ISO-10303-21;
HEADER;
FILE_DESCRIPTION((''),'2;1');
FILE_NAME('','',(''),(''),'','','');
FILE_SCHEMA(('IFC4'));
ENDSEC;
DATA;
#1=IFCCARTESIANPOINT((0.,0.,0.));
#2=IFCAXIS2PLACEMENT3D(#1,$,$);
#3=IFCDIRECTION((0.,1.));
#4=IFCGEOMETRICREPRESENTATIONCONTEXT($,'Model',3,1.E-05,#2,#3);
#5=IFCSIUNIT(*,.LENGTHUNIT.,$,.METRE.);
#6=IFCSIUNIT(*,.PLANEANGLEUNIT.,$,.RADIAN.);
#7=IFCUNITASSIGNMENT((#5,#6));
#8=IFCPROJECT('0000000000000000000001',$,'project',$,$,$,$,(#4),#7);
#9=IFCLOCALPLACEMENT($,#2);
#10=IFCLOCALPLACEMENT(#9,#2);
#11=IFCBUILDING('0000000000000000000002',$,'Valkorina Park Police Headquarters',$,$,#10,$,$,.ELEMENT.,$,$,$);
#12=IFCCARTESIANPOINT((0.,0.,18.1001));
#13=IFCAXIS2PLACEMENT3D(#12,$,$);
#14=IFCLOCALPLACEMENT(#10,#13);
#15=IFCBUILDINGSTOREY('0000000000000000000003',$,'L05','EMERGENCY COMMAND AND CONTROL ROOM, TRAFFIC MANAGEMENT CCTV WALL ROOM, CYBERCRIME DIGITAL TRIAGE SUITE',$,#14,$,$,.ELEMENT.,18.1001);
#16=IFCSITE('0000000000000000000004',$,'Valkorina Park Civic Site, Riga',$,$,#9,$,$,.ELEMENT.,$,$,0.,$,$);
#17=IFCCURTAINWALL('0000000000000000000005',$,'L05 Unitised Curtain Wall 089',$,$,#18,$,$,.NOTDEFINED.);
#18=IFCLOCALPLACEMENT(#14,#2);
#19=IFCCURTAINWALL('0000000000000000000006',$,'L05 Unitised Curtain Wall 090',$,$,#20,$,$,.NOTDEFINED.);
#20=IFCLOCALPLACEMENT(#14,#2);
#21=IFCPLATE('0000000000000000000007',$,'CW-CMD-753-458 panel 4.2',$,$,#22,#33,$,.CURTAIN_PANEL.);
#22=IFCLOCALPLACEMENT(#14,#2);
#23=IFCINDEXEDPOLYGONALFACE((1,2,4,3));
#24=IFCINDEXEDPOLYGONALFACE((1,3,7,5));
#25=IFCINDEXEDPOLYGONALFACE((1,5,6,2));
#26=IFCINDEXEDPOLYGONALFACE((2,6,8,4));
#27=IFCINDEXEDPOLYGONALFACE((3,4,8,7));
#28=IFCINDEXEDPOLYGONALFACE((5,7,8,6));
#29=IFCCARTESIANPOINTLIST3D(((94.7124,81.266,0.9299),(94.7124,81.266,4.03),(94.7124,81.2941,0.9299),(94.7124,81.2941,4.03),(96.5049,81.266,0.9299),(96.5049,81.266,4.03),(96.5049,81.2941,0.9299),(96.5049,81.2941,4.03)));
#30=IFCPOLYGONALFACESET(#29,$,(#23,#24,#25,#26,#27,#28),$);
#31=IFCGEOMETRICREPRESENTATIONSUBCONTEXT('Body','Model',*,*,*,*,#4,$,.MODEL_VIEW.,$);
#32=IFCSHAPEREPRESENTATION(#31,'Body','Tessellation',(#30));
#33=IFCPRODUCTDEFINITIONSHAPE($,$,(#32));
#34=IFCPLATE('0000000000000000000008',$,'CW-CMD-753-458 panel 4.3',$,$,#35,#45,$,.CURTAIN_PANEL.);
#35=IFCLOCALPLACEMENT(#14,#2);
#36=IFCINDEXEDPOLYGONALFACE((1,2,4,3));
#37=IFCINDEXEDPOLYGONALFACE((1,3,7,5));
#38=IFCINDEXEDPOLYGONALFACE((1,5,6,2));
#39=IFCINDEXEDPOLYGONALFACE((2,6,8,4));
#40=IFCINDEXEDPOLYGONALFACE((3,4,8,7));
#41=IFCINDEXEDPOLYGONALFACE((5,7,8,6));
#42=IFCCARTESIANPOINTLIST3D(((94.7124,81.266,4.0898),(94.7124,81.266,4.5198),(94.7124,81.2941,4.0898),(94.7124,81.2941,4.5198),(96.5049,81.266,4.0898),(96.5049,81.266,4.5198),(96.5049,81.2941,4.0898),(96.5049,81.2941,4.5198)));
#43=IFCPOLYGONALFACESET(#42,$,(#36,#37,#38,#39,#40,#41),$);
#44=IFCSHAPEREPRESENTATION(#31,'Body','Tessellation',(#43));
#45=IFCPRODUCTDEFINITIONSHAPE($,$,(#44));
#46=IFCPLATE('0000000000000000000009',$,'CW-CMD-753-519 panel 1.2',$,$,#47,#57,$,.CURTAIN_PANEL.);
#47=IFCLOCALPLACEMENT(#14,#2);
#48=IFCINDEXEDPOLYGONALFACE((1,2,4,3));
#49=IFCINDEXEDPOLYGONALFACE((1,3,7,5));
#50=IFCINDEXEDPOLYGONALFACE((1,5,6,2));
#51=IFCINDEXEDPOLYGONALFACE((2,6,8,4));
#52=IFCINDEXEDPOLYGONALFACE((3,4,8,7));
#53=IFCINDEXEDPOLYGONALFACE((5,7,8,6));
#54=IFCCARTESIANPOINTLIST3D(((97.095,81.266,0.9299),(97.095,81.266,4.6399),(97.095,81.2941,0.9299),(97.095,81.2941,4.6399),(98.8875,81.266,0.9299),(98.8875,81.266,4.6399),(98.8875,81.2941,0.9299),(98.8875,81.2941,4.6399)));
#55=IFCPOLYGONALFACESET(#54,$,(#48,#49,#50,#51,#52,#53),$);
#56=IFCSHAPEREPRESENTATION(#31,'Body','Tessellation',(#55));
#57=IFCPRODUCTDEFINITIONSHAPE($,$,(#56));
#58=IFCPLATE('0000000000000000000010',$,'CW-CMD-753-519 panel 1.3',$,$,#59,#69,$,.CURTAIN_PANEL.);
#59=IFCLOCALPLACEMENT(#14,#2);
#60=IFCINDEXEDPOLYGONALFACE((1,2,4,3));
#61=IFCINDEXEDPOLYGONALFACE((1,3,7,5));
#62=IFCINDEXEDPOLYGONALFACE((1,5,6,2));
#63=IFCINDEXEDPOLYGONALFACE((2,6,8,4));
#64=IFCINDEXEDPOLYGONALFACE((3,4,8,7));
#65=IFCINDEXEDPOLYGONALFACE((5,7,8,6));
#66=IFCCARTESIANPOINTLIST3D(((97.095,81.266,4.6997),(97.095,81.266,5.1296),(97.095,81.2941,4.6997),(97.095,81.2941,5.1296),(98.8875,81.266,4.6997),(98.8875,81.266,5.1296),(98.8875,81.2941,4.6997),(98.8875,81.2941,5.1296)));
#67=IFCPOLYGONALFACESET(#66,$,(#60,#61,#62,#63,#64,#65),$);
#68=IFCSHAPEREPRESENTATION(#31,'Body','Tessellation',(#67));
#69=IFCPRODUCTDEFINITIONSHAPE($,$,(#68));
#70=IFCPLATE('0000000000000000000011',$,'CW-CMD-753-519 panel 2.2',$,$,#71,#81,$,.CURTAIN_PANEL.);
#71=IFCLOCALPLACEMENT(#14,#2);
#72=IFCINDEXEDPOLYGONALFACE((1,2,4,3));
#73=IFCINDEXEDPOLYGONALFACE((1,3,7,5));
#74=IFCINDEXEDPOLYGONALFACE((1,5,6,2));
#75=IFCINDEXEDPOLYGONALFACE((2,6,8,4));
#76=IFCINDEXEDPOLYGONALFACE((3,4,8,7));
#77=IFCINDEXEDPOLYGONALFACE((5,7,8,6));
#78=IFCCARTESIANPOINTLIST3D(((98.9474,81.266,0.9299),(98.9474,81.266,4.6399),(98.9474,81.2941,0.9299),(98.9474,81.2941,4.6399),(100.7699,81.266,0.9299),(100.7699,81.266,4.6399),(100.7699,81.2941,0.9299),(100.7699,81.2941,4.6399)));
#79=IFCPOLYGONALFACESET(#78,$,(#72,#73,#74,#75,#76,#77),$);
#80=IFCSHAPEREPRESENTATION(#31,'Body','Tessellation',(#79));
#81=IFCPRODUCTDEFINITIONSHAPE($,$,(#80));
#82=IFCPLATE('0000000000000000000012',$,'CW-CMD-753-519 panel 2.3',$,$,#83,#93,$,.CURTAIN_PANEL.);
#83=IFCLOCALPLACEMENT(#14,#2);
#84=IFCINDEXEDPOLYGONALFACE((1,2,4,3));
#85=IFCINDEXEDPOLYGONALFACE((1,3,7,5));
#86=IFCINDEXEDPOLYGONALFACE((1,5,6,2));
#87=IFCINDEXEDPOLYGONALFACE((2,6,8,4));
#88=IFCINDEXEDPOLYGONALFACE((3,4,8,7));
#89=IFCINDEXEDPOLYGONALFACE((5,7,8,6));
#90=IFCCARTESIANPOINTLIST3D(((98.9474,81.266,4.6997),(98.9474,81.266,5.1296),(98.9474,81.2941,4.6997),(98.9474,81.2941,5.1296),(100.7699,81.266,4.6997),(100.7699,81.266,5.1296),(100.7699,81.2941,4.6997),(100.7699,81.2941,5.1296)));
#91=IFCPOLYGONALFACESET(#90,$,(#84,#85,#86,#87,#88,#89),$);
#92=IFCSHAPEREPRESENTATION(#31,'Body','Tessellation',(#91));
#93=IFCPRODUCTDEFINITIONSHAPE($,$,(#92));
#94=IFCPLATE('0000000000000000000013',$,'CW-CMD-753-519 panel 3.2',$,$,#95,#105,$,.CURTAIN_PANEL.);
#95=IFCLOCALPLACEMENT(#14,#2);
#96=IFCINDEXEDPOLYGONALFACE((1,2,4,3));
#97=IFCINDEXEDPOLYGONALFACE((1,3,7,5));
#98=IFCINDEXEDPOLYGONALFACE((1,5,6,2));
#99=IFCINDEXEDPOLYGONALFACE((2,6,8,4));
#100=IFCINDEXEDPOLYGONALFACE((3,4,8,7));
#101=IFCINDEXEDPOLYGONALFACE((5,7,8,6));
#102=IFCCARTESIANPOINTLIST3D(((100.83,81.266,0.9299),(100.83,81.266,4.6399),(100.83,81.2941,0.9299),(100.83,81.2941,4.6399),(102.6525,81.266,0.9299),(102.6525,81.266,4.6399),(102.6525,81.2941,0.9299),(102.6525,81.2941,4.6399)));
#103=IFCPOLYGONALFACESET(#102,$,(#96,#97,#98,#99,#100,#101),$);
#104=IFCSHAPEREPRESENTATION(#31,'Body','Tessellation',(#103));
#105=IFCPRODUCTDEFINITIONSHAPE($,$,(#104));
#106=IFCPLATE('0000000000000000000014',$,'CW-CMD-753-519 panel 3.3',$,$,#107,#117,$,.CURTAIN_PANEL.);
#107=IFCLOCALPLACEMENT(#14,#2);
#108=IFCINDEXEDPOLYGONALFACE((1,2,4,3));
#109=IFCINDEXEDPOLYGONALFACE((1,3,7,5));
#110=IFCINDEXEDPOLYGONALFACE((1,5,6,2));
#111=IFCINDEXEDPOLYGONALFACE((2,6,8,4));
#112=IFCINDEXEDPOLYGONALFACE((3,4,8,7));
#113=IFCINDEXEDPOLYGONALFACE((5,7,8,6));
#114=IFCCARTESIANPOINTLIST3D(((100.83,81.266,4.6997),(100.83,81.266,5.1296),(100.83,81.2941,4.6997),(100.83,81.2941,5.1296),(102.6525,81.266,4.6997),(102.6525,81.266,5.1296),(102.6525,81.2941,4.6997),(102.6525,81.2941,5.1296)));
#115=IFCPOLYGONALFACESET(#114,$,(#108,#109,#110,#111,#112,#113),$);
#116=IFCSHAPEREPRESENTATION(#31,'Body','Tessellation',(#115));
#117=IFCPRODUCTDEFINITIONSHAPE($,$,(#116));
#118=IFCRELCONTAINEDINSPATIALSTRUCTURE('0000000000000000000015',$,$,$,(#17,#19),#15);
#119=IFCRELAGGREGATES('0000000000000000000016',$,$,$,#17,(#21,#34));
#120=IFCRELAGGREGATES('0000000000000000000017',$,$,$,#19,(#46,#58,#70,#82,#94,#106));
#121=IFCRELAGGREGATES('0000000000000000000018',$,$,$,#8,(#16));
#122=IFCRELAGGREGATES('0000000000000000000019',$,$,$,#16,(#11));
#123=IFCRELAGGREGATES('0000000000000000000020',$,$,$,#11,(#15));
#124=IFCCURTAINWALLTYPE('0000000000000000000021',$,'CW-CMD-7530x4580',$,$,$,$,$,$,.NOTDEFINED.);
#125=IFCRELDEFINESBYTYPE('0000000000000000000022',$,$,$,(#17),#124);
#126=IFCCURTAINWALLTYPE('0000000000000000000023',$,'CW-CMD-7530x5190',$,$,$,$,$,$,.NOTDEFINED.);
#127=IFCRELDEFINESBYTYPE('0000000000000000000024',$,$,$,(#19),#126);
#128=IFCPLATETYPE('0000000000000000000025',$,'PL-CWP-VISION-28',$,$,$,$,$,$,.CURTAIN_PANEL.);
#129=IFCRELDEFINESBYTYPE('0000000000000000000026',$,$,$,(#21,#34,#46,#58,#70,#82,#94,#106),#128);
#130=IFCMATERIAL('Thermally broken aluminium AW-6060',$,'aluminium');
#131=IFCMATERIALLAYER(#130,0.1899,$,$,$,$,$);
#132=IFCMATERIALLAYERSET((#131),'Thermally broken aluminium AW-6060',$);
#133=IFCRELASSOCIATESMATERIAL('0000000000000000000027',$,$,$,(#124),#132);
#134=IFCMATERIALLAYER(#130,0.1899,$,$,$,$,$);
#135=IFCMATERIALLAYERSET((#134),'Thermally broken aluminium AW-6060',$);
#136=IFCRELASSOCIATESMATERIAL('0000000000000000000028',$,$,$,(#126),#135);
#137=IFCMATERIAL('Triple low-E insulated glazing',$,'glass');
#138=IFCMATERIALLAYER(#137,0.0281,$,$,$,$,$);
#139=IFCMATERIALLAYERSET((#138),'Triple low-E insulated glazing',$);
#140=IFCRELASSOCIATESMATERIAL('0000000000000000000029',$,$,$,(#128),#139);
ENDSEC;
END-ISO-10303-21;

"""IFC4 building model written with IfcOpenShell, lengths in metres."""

from ifc_helpers import new_model, si_unit, direction, frame, origin, origin_2d, place, context, subcontext, project, spatial, rectangle, extrude, material, layer, layer_set, type_object, element, aggregate, save


model = new_model("IFC4")

# Units and contexts
model_context = context("Model", 3, precision=1e-05, world=origin(), true_north=direction((0.0, 1.0)))
body_context = subcontext(model_context, "Body", "Model", "MODEL_VIEW")
ifc_project = project(units=[si_unit("LENGTHUNIT", "METRE"), si_unit("PLANEANGLEUNIT", "RADIAN")], contexts=[model_context])

# Site, building, storey
site_placement = place(None, origin())
site = spatial("IfcSite", under=ifc_project, at=site_placement, Name="Valkorina Park Civic Site, Riga", CompositionType="ELEMENT", RefElevation=0.0)
building_placement = place(site_placement, origin())
building = spatial("IfcBuilding", under=site, at=building_placement, Name="Valkorina Park Police Headquarters", CompositionType="ELEMENT")
storey_placement = place(building_placement, frame((0.0, 0.0, 18.1001)))
storey = spatial("IfcBuildingStorey", under=building, at=storey_placement, Name="L05", Description="EMERGENCY COMMAND AND CONTROL ROOM, TRAFFIC MANAGEMENT CCTV WALL ROOM, CYBERCRIME DIGITAL TRIAGE SUITE", CompositionType="ELEMENT", Elevation=18.1001)

# Curtain wall
ifc_material_1 = material(Name="Thermally broken aluminium AW-6060", Category="aluminium")
ifc_layer_1 = layer(ifc_material_1, 0.1899)
ifc_layer_set_1 = layer_set([ifc_layer_1], Name="Thermally broken aluminium AW-6060")
curtain_wall_type_1 = type_object("IfcCurtainWallType", Name="CW-CMD-7530x4580", PredefinedType="NOTDEFINED", material=ifc_layer_set_1)
curtain_wall_1_placement = place(storey_placement, origin())
curtain_wall_1 = element("IfcCurtainWall", 1, at=curtain_wall_1_placement, inside=storey, type_object=curtain_wall_type_1, Name="L05 Unitised Curtain Wall 089", PredefinedType="NOTDEFINED")

# Curtain wall
ifc_layer_2 = layer(ifc_material_1, 0.1899)
ifc_layer_set_2 = layer_set([ifc_layer_2], Name="Thermally broken aluminium AW-6060")
curtain_wall_type_2 = type_object("IfcCurtainWallType", Name="CW-CMD-7530x5190", PredefinedType="NOTDEFINED", material=ifc_layer_set_2)
curtain_wall_2_placement = place(storey_placement, origin())
curtain_wall_2 = element("IfcCurtainWall", 2, at=curtain_wall_2_placement, inside=storey, type_object=curtain_wall_type_2, Name="L05 Unitised Curtain Wall 090", PredefinedType="NOTDEFINED")

# Plates
ifc_material_2 = material(Name="Triple low-E insulated glazing", Category="glass")
ifc_layer_3 = layer(ifc_material_2, 0.0281)
ifc_layer_set_3 = layer_set([ifc_layer_3], Name="Triple low-E insulated glazing")
plate_type_1 = type_object("IfcPlateType", Name="PL-CWP-VISION-28", PredefinedType="CURTAIN_PANEL", material=ifc_layer_set_3)
plate_1_placement = place(storey_placement, frame((95.6086, 81.28, 0.9299), z_axis=(0.0, 0.0, 1.0), x_axis=(1.0, 0.0, 0.0)))
plate_1 = element("IfcPlate", 3, at=plate_1_placement, type_object=plate_type_1, Name="CW-CMD-753-458 panel 4.2", PredefinedType="CURTAIN_PANEL", context=body_context, shape_type="SweptSolid", body=[
    extrude(rectangle(XDim=1.7925, YDim=0.0281, at=origin_2d()), origin(), (0.0, 0.0, 1.0), 3.1001),
])
plate_2_placement = place(storey_placement, frame((95.6086, 81.28, 4.0898), z_axis=(0.0, 0.0, 1.0), x_axis=(1.0, 0.0, 0.0)))
plate_2 = element("IfcPlate", 4, at=plate_2_placement, type_object=plate_type_1, Name="CW-CMD-753-458 panel 4.3", PredefinedType="CURTAIN_PANEL", context=body_context, shape_type="SweptSolid", body=[
    extrude(rectangle(XDim=1.7925, YDim=0.0281, at=origin_2d()), origin(), (0.0, 0.0, 1.0), 0.4299),
])
aggregate(curtain_wall_1, [plate_1, plate_2])
plate_3_placement = place(storey_placement, frame((97.9912, 81.28, 0.9299), z_axis=(0.0, 0.0, 1.0), x_axis=(1.0, 0.0, 0.0)))
plate_3 = element("IfcPlate", 5, at=plate_3_placement, type_object=plate_type_1, Name="CW-CMD-753-519 panel 1.2", PredefinedType="CURTAIN_PANEL", context=body_context, shape_type="SweptSolid", body=[
    extrude(rectangle(XDim=1.7925, YDim=0.0281, at=origin_2d()), origin(), (0.0, 0.0, 1.0), 3.71),
])
plate_4_placement = place(storey_placement, frame((97.9912, 81.28, 4.6997), z_axis=(0.0, 0.0, 1.0), x_axis=(1.0, 0.0, 0.0)))
plate_4 = element("IfcPlate", 6, at=plate_4_placement, type_object=plate_type_1, Name="CW-CMD-753-519 panel 1.3", PredefinedType="CURTAIN_PANEL", context=body_context, shape_type="SweptSolid", body=[
    extrude(rectangle(XDim=1.7925, YDim=0.0281, at=origin_2d()), origin(), (0.0, 0.0, 1.0), 0.4299),
])
plate_5_placement = place(storey_placement, frame((99.8586, 81.28, 0.9299), z_axis=(0.0, 0.0, 1.0), x_axis=(1.0, 0.0, 0.0)))
plate_5 = element("IfcPlate", 7, at=plate_5_placement, type_object=plate_type_1, Name="CW-CMD-753-519 panel 2.2", PredefinedType="CURTAIN_PANEL", context=body_context, shape_type="SweptSolid", body=[
    extrude(rectangle(XDim=1.8225, YDim=0.0281, at=origin_2d()), origin(), (0.0, 0.0, 1.0), 3.71),
])
plate_6_placement = place(storey_placement, frame((99.8586, 81.28, 4.6997), z_axis=(0.0, 0.0, 1.0), x_axis=(1.0, 0.0, 0.0)))
plate_6 = element("IfcPlate", 8, at=plate_6_placement, type_object=plate_type_1, Name="CW-CMD-753-519 panel 2.3", PredefinedType="CURTAIN_PANEL", context=body_context, shape_type="SweptSolid", body=[
    extrude(rectangle(XDim=1.8225, YDim=0.0281, at=origin_2d()), origin(), (0.0, 0.0, 1.0), 0.4299),
])
plate_7_placement = place(storey_placement, frame((101.7412, 81.28, 0.9299), z_axis=(0.0, 0.0, 1.0), x_axis=(1.0, 0.0, 0.0)))
plate_7 = element("IfcPlate", 9, at=plate_7_placement, type_object=plate_type_1, Name="CW-CMD-753-519 panel 3.2", PredefinedType="CURTAIN_PANEL", context=body_context, shape_type="SweptSolid", body=[
    extrude(rectangle(XDim=1.8225, YDim=0.0281, at=origin_2d()), origin(), (0.0, 0.0, 1.0), 3.71),
])
plate_8_placement = place(storey_placement, frame((101.7412, 81.28, 4.6997), z_axis=(0.0, 0.0, 1.0), x_axis=(1.0, 0.0, 0.0)))
plate_8 = element("IfcPlate", 10, at=plate_8_placement, type_object=plate_type_1, Name="CW-CMD-753-519 panel 3.3", PredefinedType="CURTAIN_PANEL", context=body_context, shape_type="SweptSolid", body=[
    extrude(rectangle(XDim=1.8225, YDim=0.0281, at=origin_2d()), origin(), (0.0, 0.0, 1.0), 0.4299),
])
aggregate(curtain_wall_2, [plate_3, plate_4, plate_5, plate_6, plate_7, plate_8])

save(model, "model.ifc")
